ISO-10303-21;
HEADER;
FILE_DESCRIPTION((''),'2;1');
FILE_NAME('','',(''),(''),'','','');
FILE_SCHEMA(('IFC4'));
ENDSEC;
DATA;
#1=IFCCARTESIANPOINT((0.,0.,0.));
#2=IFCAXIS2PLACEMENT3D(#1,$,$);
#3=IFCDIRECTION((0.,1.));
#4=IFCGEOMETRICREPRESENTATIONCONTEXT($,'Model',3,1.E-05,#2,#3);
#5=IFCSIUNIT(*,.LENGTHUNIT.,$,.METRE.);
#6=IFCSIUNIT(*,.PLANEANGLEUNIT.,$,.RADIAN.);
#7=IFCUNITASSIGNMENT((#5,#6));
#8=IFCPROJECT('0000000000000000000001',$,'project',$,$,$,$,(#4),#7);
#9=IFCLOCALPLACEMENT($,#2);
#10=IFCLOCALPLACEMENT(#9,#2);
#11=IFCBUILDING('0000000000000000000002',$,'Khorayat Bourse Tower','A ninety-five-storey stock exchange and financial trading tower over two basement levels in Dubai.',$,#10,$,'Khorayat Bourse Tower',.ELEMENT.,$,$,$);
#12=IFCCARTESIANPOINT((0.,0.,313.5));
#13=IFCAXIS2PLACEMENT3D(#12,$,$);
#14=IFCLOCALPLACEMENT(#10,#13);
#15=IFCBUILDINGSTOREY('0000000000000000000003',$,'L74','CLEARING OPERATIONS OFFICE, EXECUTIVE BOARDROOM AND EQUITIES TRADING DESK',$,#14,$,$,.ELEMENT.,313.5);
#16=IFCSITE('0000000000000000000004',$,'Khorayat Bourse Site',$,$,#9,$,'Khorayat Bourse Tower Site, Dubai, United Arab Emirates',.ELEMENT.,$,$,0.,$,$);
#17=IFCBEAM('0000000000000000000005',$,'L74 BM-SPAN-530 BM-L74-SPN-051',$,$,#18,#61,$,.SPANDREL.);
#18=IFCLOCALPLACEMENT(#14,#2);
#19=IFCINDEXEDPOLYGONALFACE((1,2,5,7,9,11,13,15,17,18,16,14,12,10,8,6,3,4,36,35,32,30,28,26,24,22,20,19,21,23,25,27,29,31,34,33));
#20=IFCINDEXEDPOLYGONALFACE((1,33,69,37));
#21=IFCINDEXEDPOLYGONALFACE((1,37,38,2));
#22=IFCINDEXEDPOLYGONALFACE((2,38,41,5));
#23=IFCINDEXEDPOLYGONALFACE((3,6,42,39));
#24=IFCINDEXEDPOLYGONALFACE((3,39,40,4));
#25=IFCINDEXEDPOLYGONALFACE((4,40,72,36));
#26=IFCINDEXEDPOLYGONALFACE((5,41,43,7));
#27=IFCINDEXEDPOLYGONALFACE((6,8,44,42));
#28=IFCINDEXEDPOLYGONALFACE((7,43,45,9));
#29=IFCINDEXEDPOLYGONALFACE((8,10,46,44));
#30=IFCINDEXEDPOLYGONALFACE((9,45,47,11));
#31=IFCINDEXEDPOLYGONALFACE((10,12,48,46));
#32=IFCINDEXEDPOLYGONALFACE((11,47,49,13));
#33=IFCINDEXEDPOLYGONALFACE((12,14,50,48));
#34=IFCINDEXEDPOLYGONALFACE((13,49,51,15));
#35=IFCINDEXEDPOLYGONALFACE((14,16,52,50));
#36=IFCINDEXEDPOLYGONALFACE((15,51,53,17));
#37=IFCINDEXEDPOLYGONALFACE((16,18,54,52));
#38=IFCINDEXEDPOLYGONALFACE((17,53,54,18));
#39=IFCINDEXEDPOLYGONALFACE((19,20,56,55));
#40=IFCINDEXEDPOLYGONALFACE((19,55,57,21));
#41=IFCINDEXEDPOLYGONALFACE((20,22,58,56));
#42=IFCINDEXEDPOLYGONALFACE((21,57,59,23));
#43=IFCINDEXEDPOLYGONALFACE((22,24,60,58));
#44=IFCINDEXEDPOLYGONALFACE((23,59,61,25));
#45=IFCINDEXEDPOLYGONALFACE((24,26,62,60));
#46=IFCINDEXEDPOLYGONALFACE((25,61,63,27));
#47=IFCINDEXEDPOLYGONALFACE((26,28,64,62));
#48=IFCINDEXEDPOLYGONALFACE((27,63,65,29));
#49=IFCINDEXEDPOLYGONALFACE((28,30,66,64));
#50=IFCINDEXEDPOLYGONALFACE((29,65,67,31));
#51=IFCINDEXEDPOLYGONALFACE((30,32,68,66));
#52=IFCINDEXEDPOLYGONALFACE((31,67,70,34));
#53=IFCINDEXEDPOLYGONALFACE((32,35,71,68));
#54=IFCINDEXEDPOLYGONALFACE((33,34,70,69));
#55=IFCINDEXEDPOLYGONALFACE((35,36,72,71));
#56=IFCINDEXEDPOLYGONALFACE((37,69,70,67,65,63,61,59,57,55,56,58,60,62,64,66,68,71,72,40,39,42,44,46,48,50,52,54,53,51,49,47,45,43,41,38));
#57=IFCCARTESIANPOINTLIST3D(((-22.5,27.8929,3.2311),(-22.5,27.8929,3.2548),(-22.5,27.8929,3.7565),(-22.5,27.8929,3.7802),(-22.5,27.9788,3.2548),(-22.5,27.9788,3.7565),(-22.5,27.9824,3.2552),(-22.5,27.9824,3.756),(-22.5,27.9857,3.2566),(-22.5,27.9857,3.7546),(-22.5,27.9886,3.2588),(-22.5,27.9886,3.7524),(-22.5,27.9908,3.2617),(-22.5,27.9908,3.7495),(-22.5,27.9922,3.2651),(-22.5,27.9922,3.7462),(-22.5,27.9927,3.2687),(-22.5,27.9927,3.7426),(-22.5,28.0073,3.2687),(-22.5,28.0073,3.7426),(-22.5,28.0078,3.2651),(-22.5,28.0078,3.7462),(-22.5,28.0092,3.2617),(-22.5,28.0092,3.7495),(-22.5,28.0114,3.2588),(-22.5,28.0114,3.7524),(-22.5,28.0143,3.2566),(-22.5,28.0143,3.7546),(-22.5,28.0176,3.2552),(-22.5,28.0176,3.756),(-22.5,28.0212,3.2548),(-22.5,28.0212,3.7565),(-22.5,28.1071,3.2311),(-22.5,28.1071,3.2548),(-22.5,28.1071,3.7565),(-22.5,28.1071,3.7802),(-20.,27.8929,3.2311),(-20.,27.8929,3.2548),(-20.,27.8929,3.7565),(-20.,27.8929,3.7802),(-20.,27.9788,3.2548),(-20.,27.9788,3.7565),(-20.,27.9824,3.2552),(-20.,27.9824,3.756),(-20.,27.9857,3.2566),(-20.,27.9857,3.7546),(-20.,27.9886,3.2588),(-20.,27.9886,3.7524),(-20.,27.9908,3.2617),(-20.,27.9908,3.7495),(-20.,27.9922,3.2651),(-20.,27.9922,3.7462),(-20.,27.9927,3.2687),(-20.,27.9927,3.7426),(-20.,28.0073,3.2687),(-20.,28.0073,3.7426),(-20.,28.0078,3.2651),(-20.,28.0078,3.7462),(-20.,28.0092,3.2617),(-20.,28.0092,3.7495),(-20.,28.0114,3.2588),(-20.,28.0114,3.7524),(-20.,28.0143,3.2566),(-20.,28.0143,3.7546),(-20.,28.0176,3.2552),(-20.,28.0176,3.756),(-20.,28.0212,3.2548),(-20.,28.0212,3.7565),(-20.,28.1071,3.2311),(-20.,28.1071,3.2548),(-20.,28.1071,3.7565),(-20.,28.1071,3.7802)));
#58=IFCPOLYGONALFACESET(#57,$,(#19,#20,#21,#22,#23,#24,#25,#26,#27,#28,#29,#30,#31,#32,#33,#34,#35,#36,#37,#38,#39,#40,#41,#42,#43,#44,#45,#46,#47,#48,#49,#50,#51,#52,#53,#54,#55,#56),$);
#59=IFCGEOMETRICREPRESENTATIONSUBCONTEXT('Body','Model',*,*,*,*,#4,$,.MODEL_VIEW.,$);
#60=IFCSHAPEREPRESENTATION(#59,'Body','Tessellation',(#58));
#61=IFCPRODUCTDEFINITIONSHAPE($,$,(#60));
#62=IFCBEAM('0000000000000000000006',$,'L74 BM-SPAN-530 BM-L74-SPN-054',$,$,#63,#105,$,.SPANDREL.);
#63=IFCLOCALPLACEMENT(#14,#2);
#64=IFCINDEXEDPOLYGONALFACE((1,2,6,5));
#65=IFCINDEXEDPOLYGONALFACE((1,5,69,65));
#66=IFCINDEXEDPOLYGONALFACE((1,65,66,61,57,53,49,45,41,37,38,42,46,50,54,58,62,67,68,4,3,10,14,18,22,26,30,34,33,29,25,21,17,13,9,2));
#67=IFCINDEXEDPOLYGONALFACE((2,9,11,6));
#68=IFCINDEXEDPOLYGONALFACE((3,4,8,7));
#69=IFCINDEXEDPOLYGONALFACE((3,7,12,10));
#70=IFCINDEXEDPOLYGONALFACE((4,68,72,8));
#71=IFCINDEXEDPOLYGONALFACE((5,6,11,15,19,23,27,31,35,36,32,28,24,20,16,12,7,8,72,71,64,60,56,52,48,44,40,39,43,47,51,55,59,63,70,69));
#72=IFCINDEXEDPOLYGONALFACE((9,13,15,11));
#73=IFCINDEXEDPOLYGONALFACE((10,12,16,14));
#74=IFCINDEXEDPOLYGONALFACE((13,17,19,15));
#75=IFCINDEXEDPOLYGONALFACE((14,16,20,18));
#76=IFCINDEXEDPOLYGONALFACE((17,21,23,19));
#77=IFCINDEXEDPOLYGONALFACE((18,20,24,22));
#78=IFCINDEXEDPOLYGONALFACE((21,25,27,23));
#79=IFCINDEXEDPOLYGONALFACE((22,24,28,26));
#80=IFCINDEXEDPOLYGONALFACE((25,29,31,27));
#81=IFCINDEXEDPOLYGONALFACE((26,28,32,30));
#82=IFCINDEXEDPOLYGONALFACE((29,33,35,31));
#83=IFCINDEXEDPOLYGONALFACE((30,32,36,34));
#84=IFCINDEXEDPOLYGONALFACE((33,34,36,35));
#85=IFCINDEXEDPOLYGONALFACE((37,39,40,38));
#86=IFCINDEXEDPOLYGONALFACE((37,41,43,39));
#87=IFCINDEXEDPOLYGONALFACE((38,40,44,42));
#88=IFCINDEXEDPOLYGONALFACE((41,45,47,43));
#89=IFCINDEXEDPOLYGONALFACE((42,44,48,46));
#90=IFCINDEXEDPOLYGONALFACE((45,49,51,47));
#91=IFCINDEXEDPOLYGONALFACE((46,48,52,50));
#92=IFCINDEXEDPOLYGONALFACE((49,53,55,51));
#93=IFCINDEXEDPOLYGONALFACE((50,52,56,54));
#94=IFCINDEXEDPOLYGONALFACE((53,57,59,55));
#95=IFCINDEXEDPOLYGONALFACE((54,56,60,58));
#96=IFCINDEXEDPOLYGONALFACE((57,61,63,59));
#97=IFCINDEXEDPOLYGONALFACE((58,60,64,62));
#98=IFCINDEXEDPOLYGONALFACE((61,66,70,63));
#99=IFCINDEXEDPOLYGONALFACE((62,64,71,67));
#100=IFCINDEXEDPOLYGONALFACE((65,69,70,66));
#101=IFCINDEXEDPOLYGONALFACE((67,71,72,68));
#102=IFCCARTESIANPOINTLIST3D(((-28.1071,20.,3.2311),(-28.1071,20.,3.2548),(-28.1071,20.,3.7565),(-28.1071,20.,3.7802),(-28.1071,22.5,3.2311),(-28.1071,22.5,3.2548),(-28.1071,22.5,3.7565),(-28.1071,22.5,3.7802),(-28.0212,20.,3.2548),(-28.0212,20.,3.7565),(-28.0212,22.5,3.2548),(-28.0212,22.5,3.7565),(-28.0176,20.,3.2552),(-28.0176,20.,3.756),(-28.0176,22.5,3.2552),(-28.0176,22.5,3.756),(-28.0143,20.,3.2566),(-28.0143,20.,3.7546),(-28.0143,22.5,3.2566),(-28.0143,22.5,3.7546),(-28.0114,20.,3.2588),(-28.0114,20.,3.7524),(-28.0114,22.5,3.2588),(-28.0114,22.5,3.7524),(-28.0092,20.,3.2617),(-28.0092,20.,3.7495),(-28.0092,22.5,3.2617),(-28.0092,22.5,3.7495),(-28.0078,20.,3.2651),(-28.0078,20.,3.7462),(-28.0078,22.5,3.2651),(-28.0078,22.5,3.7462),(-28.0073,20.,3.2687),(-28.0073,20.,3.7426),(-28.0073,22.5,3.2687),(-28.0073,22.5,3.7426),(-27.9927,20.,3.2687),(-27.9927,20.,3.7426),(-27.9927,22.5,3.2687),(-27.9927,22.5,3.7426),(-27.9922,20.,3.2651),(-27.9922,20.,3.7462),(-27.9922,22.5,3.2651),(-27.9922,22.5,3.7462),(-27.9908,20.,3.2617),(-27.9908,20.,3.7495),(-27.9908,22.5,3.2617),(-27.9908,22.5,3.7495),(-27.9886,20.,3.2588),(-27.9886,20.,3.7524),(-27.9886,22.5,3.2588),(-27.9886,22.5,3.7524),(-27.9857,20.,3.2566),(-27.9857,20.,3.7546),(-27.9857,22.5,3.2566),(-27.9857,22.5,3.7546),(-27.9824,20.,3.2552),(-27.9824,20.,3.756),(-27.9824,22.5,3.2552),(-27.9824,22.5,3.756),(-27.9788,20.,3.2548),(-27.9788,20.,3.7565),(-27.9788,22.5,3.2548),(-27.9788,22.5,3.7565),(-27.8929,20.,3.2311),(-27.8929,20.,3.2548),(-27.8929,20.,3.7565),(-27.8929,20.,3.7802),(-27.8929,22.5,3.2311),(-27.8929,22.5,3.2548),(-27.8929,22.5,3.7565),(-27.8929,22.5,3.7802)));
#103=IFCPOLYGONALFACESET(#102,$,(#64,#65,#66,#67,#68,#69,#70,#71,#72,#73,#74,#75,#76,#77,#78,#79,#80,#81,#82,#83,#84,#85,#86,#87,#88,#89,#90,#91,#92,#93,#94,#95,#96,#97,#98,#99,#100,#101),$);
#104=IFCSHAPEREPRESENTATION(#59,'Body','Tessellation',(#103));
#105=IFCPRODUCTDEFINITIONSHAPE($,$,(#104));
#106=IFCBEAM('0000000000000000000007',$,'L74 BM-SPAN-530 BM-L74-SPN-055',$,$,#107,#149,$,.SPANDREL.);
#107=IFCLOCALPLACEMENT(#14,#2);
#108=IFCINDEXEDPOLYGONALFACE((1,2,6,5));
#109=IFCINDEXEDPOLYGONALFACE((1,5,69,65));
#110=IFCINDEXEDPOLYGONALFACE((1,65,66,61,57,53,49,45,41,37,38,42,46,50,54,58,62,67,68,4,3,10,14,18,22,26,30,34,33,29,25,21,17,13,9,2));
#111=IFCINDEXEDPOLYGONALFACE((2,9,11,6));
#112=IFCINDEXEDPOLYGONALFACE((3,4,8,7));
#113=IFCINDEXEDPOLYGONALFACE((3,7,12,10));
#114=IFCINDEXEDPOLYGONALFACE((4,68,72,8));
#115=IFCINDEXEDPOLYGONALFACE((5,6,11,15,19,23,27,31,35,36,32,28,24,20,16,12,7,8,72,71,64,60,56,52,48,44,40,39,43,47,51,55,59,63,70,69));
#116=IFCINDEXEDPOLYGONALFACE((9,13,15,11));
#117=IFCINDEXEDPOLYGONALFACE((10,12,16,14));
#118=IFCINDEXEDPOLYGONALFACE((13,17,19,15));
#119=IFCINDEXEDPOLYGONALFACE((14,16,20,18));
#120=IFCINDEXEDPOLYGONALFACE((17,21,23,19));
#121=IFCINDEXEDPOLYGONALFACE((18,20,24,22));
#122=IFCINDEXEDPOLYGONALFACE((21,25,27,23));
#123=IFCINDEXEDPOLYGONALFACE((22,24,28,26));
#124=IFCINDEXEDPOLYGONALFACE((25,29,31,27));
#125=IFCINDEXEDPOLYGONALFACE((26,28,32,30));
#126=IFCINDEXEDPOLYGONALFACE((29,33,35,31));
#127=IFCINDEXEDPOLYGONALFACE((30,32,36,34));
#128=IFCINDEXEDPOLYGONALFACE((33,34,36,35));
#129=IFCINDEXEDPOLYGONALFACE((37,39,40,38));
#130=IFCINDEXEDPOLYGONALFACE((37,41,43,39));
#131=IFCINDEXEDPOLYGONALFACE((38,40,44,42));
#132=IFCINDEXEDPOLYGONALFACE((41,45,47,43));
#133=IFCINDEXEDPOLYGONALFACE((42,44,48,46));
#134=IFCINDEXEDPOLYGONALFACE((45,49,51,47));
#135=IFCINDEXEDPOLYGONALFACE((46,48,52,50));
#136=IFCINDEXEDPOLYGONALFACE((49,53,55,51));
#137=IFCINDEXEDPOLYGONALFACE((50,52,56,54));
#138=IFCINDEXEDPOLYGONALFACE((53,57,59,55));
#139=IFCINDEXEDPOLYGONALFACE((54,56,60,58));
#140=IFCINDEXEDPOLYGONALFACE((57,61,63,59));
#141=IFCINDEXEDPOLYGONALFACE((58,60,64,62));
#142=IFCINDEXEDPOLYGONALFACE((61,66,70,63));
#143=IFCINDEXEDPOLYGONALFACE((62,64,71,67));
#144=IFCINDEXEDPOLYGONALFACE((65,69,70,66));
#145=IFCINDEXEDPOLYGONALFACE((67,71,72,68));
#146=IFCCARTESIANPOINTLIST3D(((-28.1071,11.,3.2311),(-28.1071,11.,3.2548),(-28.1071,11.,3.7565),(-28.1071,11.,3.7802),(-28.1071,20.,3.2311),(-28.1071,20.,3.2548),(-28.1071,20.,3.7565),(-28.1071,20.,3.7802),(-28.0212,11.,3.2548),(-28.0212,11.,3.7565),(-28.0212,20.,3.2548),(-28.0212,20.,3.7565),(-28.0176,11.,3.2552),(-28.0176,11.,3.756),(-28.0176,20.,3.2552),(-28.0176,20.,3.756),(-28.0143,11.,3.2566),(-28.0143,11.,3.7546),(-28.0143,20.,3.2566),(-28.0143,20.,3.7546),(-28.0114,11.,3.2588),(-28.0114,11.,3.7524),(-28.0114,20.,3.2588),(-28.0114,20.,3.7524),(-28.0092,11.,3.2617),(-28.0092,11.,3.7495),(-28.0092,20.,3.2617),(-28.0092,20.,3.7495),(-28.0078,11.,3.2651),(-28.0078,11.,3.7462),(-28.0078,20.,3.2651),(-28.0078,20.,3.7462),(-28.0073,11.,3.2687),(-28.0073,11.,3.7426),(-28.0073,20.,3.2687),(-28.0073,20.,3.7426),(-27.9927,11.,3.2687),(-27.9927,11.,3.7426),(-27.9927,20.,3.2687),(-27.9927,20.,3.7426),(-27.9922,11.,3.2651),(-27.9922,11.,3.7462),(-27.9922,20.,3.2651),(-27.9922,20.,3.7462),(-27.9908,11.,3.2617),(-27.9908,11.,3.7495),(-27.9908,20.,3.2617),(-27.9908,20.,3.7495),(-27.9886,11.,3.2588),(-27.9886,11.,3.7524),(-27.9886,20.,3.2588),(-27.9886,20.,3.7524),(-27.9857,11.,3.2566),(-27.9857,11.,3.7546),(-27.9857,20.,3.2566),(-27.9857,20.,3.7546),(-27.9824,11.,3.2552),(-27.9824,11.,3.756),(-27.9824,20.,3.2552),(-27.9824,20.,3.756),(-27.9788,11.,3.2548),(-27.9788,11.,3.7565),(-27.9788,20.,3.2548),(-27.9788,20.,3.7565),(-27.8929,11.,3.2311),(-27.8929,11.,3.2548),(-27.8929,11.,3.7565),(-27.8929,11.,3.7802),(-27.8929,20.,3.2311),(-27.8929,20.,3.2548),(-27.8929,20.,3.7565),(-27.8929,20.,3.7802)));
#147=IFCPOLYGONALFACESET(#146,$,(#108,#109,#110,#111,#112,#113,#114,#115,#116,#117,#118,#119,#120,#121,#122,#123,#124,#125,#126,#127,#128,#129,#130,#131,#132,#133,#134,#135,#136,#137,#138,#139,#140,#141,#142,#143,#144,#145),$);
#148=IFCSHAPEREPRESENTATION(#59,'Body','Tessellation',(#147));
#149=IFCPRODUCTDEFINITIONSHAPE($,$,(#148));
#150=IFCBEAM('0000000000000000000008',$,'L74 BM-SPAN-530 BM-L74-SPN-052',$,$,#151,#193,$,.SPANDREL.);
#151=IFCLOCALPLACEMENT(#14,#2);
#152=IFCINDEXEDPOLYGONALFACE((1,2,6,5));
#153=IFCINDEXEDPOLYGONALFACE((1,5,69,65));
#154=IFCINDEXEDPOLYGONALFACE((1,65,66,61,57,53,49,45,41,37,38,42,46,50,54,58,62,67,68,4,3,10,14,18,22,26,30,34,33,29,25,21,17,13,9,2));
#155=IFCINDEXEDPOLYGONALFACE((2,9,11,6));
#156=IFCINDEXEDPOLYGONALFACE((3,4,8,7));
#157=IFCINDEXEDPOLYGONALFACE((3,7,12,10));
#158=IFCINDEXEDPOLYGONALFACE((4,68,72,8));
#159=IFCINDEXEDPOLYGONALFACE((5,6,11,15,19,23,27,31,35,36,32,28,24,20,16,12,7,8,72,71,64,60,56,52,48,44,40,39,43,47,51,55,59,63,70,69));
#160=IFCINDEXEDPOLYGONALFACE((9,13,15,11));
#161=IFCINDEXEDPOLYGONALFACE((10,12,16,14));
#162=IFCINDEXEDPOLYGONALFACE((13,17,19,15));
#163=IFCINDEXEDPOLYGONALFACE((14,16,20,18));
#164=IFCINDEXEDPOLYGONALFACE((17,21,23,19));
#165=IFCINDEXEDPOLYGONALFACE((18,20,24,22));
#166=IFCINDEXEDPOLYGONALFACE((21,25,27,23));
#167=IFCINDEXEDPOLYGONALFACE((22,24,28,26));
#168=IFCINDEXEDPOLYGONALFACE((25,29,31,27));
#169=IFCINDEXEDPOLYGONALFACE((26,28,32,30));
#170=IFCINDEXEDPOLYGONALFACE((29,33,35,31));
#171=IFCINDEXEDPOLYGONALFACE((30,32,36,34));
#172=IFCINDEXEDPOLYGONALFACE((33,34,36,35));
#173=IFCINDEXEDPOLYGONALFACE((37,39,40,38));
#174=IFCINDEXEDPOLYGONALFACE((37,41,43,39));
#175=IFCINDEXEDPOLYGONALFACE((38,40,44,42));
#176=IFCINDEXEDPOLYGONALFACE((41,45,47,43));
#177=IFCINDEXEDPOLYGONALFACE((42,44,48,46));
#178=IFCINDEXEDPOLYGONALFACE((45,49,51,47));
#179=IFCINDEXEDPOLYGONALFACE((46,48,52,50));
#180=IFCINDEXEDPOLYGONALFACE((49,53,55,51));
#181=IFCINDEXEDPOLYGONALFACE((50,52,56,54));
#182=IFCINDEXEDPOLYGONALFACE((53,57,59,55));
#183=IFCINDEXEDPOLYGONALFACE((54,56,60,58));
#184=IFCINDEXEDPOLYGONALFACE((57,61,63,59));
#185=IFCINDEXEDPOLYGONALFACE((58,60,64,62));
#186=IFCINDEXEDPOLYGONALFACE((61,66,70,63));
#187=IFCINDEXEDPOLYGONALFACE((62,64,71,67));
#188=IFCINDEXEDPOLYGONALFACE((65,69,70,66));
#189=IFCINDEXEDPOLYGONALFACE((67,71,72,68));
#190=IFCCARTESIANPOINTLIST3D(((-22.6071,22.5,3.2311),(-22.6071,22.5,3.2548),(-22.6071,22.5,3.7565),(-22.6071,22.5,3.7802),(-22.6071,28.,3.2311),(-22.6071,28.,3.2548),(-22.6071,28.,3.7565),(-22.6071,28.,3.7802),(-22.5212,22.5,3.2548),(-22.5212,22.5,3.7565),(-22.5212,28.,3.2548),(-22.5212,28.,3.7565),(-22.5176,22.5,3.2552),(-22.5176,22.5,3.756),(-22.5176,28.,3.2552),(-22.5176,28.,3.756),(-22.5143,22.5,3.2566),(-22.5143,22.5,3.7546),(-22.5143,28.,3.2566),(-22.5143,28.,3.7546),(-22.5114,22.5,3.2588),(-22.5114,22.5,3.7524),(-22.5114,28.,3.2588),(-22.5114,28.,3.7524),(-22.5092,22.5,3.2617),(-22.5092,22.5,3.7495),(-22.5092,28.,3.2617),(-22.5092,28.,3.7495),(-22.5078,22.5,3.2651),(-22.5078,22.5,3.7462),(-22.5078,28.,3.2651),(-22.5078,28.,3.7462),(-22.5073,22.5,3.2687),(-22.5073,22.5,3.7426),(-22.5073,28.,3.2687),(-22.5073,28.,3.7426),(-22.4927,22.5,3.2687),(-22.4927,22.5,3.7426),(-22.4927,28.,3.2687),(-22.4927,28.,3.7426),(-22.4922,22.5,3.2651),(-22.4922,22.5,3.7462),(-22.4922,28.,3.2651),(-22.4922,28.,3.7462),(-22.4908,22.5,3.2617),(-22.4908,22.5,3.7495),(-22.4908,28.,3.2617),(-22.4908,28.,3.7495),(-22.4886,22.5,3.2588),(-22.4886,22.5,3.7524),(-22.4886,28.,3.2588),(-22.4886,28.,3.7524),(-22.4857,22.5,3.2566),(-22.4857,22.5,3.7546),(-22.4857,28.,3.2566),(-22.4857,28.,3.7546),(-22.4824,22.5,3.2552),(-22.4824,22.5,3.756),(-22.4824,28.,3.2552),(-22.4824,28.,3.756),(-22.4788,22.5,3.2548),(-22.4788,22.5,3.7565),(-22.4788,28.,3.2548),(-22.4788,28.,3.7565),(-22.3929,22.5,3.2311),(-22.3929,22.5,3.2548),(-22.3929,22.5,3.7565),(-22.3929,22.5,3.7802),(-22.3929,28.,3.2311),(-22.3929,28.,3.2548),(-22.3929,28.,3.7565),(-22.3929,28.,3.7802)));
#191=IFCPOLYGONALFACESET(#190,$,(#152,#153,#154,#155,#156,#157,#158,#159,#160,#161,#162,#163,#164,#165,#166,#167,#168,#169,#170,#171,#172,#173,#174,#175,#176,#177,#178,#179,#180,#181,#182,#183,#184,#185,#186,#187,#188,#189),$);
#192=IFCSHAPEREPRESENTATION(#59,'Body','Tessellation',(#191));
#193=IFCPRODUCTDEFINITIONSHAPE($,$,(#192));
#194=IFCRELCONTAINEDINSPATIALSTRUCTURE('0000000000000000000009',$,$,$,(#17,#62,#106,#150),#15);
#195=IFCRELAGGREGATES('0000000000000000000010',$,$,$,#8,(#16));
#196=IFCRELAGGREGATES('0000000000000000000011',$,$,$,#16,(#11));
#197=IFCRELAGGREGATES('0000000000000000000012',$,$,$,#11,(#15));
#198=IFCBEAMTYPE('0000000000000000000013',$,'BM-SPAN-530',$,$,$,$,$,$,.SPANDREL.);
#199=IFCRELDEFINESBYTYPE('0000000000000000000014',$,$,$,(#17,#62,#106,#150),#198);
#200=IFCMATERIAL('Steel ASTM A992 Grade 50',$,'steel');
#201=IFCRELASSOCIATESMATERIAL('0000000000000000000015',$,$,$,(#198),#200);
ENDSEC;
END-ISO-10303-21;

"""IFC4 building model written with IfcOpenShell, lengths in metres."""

from ifc_helpers import new_model, si_unit, direction, frame, origin, origin_2d, place, context, subcontext, project, spatial, i_section, extrude, source, transform, mapped, material, material_profile, profile_set, type_object, element, save


model = new_model("IFC4")

# Units and contexts
model_context = context("Model", 3, precision=1e-05, world=origin(), true_north=direction((0.0, 1.0)))
body_context = subcontext(model_context, "Body", "Model", "MODEL_VIEW")
ifc_project = project(units=[si_unit("LENGTHUNIT", "METRE"), si_unit("PLANEANGLEUNIT", "RADIAN")], contexts=[model_context])

# Site, building, storey
site_placement = place(None, origin())
site = spatial("IfcSite", under=ifc_project, at=site_placement, Name="Khorayat Bourse Site", LongName="Khorayat Bourse Tower Site, Dubai, United Arab Emirates", CompositionType="ELEMENT", RefElevation=0.0)
building_placement = place(site_placement, origin())
building = spatial("IfcBuilding", under=site, at=building_placement, Name="Khorayat Bourse Tower", Description="A ninety-five-storey stock exchange and financial trading tower over two basement levels in Dubai.", LongName="Khorayat Bourse Tower", CompositionType="ELEMENT")
storey_placement = place(building_placement, frame((0.0, 0.0, 313.5)))
storey = spatial("IfcBuildingStorey", under=building, at=storey_placement, Name="L74", Description="CLEARING OPERATIONS OFFICE, EXECUTIVE BOARDROOM AND EQUITIES TRADING DESK", CompositionType="ELEMENT", Elevation=313.5)

# Beams
ifc_material_1 = material(Name="Steel ASTM A992 Grade 50", Category="steel")
ifc_material_profile_1 = material_profile(ifc_material_1, i_section(OverallWidth=0.2141, OverallDepth=0.5491, WebThickness=0.0146, FlangeThickness=0.0237, FilletRadius=0.0139, at=origin_2d()), Name="W530X138")
ifc_profile_set_1 = profile_set([ifc_material_profile_1], Name="Steel ASTM A992 Grade 50")
beam_type_1 = type_object("IfcBeamType", Name="BM-SPAN-530", PredefinedType="SPANDREL", material=ifc_profile_set_1)
shared_shape_1 = source(origin(), body_context, "Body", "SweptSolid", [
    extrude(i_section(OverallWidth=0.2141, OverallDepth=0.5491, WebThickness=0.0146, FlangeThickness=0.0237, FilletRadius=0.0139, at=origin_2d()), origin(), (0.0, 0.0, 1.0), 2.5),
])
for number, where, z_axis, x_axis, name in (
    (1, (-22.5, 28.0, 3.5056), (1.0, 0.0, 0.0), (0.0, 1.0, 0.0), "L74 BM-SPAN-530 BM-L74-SPN-051"),
    (2, (-28.0, 20.0, 3.5056), (0.0, 1.0, 0.0), (-1.0, 0.0, 0.0), "L74 BM-SPAN-530 BM-L74-SPN-054"),
):
    element("IfcBeam", number, at=place(storey_placement, frame(where, z_axis=z_axis, x_axis=x_axis)), inside=storey, type_object=beam_type_1, Name=name, PredefinedType="SPANDREL", context=body_context, shape_type="MappedRepresentation", body=[
        mapped(shared_shape_1, transform((0.0, 0.0, 0.0), scale=1.0)),
    ])
shared_shape_2 = source(origin(), body_context, "Body", "SweptSolid", [
    extrude(i_section(OverallWidth=0.2141, OverallDepth=0.5491, WebThickness=0.0146, FlangeThickness=0.0237, FilletRadius=0.0139, at=origin_2d()), origin(), (0.0, 0.0, 1.0), 9.0),
])
beam_1_placement = place(storey_placement, frame((-28.0, 11.0, 3.5056), z_axis=(0.0, 1.0, 0.0), x_axis=(-1.0, 0.0, 0.0)))
element("IfcBeam", 3, at=beam_1_placement, inside=storey, type_object=beam_type_1, Name="L74 BM-SPAN-530 BM-L74-SPN-055", PredefinedType="SPANDREL", context=body_context, shape_type="MappedRepresentation", body=[
    mapped(shared_shape_2, transform((0.0, 0.0, 0.0), scale=1.0)),
])
shared_shape_3 = source(origin(), body_context, "Body", "SweptSolid", [
    extrude(i_section(OverallWidth=0.2141, OverallDepth=0.5491, WebThickness=0.0146, FlangeThickness=0.0237, FilletRadius=0.0139, at=origin_2d()), origin(), (0.0, 0.0, 1.0), 5.5),
])
for number, where, z_axis, x_axis, name in (
    (4, (-22.5, 22.5, 3.5056), (0.0, 1.0, 0.0), (-1.0, 0.0, 0.0), "L74 BM-SPAN-530 BM-L74-SPN-052"),
):
    element("IfcBeam", number, at=place(storey_placement, frame(where, z_axis=z_axis, x_axis=x_axis)), inside=storey, type_object=beam_type_1, Name=name, PredefinedType="SPANDREL", context=body_context, shape_type="MappedRepresentation", body=[
        mapped(shared_shape_3, transform((0.0, 0.0, 0.0), scale=1.0)),
    ])

save(model, "model.ifc")
